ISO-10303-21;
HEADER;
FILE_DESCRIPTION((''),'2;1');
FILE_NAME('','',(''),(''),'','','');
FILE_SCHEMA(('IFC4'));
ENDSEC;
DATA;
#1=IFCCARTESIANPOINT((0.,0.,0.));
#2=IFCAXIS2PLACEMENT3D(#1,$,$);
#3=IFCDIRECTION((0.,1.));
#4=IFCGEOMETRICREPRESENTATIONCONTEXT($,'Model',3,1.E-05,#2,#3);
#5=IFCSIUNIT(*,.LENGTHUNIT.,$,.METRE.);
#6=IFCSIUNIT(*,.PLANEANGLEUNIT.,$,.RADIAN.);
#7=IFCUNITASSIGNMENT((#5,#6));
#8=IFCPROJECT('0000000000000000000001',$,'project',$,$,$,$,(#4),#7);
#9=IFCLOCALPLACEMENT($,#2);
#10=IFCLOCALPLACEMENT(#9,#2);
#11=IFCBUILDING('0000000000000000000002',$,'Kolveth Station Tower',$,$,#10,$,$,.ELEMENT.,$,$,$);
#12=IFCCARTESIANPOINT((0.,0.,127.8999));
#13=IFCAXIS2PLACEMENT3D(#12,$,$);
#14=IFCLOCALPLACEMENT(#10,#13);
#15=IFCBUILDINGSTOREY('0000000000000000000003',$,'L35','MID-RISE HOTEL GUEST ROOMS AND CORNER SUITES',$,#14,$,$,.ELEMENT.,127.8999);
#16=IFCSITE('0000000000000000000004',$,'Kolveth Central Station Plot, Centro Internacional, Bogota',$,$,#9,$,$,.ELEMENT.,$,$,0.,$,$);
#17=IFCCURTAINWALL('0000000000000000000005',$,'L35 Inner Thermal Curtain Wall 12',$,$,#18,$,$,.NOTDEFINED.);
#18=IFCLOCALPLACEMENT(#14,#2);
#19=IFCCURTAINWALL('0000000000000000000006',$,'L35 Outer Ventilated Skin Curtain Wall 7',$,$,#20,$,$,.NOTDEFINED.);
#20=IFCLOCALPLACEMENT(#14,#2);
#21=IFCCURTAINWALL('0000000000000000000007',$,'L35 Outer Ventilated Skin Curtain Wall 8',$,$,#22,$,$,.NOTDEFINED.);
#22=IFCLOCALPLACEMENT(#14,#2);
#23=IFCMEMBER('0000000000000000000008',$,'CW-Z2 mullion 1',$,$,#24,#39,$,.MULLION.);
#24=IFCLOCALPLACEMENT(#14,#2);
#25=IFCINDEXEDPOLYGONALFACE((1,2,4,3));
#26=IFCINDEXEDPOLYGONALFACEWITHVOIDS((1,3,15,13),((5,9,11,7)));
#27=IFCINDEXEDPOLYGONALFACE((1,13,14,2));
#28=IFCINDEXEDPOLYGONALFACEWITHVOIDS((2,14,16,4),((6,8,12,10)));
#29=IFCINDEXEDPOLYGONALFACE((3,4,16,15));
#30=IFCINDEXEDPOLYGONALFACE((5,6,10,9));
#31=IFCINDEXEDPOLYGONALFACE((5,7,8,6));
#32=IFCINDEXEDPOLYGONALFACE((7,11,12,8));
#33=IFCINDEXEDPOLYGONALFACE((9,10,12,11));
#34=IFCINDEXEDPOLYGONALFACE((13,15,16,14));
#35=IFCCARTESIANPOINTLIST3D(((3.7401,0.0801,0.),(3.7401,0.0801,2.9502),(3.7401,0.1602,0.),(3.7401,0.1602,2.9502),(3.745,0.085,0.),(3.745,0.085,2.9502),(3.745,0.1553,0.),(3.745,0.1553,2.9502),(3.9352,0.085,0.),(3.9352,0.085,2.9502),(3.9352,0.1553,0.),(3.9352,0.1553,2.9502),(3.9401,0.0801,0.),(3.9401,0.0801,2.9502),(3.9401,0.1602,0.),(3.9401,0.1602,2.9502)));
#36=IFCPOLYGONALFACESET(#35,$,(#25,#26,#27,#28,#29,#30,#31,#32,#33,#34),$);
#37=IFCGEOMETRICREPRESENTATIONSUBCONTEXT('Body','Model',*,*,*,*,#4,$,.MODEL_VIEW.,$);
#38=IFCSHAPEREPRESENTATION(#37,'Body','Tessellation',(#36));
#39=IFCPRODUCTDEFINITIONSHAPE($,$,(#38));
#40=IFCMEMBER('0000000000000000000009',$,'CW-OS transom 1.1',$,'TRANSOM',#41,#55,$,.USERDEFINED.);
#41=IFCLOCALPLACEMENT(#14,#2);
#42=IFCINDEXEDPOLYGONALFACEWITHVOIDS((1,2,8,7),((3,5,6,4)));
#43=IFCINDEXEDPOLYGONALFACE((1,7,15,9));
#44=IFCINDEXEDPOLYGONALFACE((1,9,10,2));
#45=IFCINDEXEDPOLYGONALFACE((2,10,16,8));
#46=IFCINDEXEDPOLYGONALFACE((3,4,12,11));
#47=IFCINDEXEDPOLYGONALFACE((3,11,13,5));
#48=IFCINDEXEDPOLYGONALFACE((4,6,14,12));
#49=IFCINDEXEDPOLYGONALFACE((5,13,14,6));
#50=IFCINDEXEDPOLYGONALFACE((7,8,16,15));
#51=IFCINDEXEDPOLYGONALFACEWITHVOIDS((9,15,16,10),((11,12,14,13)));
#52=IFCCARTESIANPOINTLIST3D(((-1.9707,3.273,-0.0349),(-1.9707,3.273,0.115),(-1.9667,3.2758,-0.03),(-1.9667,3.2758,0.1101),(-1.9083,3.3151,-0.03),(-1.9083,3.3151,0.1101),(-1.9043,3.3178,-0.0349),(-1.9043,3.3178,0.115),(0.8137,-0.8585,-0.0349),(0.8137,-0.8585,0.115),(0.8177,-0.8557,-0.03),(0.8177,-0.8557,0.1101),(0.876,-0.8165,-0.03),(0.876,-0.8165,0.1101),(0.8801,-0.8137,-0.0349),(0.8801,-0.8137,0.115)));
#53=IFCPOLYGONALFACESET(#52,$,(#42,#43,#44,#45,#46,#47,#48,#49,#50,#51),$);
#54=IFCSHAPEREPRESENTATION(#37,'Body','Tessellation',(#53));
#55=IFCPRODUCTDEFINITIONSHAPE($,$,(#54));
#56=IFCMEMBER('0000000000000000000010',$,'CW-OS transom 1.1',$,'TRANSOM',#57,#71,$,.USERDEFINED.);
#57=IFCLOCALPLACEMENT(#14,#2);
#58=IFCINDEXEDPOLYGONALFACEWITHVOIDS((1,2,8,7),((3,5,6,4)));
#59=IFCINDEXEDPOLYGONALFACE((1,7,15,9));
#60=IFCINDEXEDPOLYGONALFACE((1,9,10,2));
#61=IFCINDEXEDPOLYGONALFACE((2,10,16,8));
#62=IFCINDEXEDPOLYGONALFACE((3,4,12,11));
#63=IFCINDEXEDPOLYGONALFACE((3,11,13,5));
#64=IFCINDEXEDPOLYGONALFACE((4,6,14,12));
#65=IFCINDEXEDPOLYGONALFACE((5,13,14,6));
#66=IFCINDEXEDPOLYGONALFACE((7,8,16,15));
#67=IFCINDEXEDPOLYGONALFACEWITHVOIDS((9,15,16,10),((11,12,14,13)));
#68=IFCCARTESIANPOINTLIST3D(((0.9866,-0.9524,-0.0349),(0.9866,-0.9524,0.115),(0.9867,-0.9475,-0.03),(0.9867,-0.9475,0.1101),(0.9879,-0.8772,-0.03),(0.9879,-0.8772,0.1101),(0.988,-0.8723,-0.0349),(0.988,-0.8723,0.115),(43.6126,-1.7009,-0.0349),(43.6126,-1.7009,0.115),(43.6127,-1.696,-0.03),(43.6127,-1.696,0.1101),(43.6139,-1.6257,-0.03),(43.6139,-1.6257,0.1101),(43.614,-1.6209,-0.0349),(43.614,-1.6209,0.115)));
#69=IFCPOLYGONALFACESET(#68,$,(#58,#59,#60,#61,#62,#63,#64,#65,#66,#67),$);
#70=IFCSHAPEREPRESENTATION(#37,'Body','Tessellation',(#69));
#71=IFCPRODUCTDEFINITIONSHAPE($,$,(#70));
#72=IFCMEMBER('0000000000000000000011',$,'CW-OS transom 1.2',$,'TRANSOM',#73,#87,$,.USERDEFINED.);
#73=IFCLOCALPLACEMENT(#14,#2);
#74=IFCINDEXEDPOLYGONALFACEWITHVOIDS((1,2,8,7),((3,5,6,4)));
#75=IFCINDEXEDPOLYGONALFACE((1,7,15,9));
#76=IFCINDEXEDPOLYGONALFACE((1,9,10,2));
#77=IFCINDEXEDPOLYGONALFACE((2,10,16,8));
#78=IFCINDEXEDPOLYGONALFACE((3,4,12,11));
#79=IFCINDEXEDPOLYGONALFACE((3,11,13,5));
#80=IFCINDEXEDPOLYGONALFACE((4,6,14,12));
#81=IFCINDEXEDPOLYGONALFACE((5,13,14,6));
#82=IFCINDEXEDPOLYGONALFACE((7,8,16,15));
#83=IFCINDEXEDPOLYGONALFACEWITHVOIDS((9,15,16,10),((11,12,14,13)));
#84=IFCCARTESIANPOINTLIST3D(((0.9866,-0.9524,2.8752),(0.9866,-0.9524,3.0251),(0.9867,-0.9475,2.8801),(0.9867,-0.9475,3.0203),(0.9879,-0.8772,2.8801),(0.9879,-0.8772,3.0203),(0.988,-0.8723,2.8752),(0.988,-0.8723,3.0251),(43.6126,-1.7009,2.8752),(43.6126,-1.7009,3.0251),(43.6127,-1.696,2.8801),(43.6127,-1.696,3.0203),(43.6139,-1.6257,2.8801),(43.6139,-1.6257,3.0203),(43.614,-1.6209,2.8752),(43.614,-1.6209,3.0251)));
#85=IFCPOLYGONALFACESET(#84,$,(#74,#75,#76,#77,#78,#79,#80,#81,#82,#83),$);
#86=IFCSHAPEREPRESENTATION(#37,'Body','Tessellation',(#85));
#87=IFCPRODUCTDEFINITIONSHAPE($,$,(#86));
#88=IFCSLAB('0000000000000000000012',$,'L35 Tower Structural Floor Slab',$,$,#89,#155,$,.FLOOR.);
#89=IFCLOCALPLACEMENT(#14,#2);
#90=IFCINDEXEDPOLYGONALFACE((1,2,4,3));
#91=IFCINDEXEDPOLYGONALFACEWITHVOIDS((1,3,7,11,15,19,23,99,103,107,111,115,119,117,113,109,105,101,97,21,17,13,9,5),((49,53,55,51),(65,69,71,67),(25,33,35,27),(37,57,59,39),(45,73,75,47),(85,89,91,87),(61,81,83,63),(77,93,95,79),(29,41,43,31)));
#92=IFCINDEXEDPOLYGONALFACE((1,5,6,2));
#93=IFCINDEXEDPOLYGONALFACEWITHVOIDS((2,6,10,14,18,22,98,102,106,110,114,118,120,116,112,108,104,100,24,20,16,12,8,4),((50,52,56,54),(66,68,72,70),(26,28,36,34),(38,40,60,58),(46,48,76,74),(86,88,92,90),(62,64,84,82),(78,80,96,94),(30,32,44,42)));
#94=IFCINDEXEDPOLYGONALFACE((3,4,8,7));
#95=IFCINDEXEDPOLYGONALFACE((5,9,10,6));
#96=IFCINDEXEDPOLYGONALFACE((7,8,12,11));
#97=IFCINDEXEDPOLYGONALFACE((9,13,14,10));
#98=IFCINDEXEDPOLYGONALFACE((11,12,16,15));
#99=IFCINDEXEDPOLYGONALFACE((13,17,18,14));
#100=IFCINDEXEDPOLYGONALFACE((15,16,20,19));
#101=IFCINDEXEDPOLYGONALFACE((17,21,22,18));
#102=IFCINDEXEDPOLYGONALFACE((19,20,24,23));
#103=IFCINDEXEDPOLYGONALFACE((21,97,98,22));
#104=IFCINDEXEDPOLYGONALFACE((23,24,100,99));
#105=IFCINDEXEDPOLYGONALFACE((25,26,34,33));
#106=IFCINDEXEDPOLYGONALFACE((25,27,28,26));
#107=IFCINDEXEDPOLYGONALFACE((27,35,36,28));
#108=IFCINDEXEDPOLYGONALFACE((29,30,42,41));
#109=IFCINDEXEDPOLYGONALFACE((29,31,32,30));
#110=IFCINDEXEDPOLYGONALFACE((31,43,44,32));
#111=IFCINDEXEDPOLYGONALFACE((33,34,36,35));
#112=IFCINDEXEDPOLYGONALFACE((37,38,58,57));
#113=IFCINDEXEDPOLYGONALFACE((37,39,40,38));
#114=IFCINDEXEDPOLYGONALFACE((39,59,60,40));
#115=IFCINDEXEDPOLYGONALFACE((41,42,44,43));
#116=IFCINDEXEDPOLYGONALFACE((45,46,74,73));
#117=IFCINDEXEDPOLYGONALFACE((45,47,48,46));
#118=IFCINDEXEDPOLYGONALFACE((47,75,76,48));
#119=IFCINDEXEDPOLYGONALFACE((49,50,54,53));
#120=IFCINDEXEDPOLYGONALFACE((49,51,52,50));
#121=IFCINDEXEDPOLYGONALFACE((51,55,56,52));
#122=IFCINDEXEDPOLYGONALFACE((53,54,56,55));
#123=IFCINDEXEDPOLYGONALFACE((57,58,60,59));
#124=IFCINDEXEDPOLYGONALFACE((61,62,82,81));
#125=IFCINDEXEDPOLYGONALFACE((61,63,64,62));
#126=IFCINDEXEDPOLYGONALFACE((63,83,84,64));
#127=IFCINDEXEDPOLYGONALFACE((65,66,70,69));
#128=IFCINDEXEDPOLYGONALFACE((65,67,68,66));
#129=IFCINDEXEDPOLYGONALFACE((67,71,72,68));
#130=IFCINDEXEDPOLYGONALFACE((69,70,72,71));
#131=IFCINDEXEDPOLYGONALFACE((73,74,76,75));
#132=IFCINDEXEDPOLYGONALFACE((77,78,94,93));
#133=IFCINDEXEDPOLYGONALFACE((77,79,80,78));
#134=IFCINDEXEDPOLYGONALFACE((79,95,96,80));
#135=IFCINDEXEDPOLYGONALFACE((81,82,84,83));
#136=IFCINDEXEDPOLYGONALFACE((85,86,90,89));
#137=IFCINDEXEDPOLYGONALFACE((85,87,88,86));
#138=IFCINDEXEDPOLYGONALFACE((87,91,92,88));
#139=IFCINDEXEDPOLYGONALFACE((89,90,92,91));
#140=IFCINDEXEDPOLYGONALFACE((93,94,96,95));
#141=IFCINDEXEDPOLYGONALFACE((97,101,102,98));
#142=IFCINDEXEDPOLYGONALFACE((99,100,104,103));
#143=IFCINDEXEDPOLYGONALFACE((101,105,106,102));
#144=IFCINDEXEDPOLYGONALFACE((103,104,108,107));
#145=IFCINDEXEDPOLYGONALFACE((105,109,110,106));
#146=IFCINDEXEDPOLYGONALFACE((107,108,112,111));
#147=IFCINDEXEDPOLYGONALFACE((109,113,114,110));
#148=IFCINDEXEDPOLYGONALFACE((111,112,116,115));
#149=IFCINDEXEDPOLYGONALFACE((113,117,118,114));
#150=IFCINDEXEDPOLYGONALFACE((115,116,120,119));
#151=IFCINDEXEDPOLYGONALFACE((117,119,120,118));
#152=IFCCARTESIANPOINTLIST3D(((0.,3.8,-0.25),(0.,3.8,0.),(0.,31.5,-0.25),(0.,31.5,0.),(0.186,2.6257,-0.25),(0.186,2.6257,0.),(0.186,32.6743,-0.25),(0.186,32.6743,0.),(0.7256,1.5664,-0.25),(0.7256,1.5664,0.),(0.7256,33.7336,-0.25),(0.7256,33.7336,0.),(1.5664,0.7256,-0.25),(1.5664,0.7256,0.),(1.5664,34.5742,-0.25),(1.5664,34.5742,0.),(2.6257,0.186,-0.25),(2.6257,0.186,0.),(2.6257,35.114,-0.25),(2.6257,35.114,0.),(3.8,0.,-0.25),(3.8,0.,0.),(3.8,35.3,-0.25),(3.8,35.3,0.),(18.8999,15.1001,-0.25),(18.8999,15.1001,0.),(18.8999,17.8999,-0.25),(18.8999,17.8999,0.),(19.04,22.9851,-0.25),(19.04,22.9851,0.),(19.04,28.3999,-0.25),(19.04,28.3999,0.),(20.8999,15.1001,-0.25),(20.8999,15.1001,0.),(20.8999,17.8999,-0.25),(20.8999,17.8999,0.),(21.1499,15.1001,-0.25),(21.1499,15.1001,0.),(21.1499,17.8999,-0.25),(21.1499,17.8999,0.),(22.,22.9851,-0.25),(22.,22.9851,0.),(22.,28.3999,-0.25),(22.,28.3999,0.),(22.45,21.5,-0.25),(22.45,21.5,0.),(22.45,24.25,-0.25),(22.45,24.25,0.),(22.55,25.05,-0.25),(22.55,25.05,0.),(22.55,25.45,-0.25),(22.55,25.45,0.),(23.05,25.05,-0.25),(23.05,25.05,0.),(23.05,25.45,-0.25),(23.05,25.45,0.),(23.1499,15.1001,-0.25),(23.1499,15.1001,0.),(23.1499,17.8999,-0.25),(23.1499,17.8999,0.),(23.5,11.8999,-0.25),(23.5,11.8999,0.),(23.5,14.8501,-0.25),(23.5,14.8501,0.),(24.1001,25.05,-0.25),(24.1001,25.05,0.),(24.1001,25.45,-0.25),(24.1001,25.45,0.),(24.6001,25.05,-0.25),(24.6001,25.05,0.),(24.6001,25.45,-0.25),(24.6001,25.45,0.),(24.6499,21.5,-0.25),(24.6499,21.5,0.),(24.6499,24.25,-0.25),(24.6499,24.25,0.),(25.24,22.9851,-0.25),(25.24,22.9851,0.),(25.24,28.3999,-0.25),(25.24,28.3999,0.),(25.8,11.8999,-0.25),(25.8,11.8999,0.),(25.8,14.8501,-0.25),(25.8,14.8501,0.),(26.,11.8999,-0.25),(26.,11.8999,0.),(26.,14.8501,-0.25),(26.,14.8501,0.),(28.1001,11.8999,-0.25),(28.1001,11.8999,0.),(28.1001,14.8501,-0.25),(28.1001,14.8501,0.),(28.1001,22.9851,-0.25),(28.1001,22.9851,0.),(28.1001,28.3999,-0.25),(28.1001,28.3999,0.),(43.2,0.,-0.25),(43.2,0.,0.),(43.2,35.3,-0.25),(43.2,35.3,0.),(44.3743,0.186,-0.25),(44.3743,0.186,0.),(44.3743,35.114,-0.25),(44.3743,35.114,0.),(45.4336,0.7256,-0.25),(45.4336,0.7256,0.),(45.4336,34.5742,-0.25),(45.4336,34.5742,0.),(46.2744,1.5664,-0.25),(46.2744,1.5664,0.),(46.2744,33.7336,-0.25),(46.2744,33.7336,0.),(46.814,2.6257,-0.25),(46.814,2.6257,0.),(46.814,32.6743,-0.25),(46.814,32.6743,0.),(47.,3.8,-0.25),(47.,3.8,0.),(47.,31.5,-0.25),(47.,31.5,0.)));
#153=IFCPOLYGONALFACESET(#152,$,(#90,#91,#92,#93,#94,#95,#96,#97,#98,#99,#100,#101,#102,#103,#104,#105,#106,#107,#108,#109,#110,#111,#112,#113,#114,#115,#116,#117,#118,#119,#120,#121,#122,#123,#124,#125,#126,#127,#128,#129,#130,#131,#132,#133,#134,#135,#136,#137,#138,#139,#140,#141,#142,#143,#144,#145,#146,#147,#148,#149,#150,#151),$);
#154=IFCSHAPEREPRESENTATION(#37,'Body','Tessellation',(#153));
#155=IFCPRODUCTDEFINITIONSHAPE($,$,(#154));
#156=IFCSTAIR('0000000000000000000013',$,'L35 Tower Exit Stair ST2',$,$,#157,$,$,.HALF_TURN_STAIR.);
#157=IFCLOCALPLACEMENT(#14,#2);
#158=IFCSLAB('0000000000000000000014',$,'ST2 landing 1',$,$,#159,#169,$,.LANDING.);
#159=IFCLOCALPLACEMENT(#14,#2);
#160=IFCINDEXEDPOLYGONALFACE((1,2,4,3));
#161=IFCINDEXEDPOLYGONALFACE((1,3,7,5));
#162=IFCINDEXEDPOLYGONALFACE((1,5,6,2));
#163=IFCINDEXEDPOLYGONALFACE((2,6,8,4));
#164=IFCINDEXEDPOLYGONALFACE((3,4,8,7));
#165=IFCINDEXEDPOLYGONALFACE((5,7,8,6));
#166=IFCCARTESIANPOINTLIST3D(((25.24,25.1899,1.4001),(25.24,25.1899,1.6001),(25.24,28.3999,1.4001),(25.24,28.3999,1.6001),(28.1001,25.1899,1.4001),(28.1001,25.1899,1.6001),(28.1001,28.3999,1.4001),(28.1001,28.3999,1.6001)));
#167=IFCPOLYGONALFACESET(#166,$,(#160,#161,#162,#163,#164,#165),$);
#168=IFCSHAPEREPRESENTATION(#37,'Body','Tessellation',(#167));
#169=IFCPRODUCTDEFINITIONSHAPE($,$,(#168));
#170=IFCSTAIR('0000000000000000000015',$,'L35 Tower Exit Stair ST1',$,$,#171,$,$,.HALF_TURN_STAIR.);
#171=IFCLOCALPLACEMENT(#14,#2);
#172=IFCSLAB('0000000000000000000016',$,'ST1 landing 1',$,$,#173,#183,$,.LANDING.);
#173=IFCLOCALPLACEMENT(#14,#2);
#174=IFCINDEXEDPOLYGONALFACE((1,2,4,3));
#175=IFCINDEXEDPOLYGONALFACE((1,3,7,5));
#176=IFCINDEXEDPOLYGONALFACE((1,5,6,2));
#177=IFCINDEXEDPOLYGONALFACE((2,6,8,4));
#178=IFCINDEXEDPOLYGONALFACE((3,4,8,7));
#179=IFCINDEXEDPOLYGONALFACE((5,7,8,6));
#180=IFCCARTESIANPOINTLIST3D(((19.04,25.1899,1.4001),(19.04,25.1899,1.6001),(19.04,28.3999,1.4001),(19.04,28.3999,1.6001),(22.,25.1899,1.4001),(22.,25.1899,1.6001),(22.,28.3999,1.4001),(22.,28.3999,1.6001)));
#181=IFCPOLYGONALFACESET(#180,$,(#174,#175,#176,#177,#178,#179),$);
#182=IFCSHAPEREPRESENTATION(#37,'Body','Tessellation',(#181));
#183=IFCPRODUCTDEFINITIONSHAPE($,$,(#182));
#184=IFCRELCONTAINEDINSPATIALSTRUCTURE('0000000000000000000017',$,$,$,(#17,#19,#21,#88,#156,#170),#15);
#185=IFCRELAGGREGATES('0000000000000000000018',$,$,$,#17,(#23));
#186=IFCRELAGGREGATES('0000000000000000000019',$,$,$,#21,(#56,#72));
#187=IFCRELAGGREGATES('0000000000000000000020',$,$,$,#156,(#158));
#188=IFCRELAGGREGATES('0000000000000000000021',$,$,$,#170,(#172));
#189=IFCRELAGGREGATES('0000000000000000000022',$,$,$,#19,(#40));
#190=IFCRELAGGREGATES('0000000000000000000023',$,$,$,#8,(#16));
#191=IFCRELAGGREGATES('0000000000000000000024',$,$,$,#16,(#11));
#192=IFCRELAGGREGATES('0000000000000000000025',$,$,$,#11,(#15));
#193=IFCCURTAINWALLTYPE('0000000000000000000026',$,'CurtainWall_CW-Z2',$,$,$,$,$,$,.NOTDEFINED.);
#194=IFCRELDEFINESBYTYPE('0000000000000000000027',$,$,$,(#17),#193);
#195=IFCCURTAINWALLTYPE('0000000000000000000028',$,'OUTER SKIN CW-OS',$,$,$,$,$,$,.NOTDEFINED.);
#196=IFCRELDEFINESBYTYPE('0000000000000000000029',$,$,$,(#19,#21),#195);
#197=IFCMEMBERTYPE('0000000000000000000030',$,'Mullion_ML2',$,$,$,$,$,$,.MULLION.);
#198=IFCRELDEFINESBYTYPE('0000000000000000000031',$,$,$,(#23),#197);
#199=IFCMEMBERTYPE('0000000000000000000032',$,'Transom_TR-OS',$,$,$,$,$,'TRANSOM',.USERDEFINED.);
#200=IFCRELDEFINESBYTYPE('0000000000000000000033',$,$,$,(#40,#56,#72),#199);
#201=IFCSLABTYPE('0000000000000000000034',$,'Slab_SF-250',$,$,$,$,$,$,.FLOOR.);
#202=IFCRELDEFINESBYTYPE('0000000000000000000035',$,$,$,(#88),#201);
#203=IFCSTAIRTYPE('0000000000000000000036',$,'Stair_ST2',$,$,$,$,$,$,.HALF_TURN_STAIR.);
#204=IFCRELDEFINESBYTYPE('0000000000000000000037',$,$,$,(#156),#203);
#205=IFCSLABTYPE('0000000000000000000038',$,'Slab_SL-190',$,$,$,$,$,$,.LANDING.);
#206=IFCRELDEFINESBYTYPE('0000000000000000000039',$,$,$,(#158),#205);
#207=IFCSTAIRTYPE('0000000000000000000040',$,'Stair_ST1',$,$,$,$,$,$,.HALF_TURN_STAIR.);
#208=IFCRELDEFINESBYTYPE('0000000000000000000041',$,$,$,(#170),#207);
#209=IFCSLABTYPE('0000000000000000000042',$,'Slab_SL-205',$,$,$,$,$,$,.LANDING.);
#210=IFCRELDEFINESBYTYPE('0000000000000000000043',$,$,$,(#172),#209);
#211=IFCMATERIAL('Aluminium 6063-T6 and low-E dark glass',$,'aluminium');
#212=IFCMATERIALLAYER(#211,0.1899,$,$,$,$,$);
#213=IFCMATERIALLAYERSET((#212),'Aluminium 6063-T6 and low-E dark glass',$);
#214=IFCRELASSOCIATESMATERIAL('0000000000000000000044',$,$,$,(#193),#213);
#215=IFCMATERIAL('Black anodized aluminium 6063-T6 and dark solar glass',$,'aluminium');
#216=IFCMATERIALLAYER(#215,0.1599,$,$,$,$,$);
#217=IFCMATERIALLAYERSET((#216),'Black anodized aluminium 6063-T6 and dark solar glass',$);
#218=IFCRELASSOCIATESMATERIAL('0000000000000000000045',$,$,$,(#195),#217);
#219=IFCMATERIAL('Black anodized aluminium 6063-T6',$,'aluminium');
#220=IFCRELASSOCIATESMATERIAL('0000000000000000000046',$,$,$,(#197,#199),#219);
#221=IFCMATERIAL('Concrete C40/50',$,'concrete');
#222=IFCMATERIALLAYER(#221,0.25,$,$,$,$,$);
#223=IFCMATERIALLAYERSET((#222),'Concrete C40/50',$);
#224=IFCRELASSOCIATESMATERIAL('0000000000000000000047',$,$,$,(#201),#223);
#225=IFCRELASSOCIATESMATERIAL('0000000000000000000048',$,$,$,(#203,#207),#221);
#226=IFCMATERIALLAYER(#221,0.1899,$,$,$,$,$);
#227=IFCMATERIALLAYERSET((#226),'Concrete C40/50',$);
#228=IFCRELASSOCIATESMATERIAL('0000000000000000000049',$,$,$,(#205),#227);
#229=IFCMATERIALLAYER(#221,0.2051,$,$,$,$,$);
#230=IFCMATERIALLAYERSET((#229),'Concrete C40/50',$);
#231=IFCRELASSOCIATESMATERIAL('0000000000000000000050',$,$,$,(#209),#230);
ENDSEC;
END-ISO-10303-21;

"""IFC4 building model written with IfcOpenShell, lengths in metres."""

from ifc_helpers import new_model, si_unit, direction, frame, origin, origin_2d, place, context, subcontext, project, spatial, polyline, hollow_rectangle, outline, extrude, source, transform, mapped, material, layer, layer_set, material_profile, profile_set, type_object, element, aggregate, save


model = new_model("IFC4")

# Units and contexts
model_context = context("Model", 3, precision=1e-05, world=origin(), true_north=direction((0.0, 1.0)))
body_context = subcontext(model_context, "Body", "Model", "MODEL_VIEW")
ifc_project = project(units=[si_unit("LENGTHUNIT", "METRE"), si_unit("PLANEANGLEUNIT", "RADIAN")], contexts=[model_context])

# Site, building, storey
site_placement = place(None, origin())
site = spatial("IfcSite", under=ifc_project, at=site_placement, Name="Kolveth Central Station Plot, Centro Internacional, Bogota", CompositionType="ELEMENT", RefElevation=0.0)
building_placement = place(site_placement, origin())
building = spatial("IfcBuilding", under=site, at=building_placement, Name="Kolveth Station Tower", CompositionType="ELEMENT")
storey_placement = place(building_placement, frame((0.0, 0.0, 127.8999)))
storey = spatial("IfcBuildingStorey", under=building, at=storey_placement, Name="L35", Description="MID-RISE HOTEL GUEST ROOMS AND CORNER SUITES", CompositionType="ELEMENT", Elevation=127.8999)

# Curtain wall
ifc_material_1 = material(Name="Aluminium 6063-T6 and low-E dark glass", Category="aluminium")
ifc_layer_1 = layer(ifc_material_1, 0.1899)
ifc_layer_set_1 = layer_set([ifc_layer_1], Name="Aluminium 6063-T6 and low-E dark glass")
curtain_wall_type_1 = type_object("IfcCurtainWallType", Name="CurtainWall_CW-Z2", PredefinedType="NOTDEFINED", material=ifc_layer_set_1)
ifc_material_2 = material(Name="Black anodized aluminium 6063-T6", Category="aluminium")
curtain_wall_1_placement = place(storey_placement, origin())
curtain_wall_1 = element("IfcCurtainWall", 1, at=curtain_wall_1_placement, inside=storey, type_object=curtain_wall_type_1, Name="L35 Inner Thermal Curtain Wall 12", PredefinedType="NOTDEFINED")

# Curtain walls
ifc_material_3 = material(Name="Black anodized aluminium 6063-T6 and dark solar glass", Category="aluminium")
ifc_layer_2 = layer(ifc_material_3, 0.1599)
ifc_layer_set_2 = layer_set([ifc_layer_2], Name="Black anodized aluminium 6063-T6 and dark solar glass")
curtain_wall_type_2 = type_object("IfcCurtainWallType", Name="OUTER SKIN CW-OS", PredefinedType="NOTDEFINED", material=ifc_layer_set_2)
curtain_wall_2_placement = place(storey_placement, origin())
curtain_wall_2 = element("IfcCurtainWall", 2, at=curtain_wall_2_placement, inside=storey, type_object=curtain_wall_type_2, Name="L35 Outer Ventilated Skin Curtain Wall 7", PredefinedType="NOTDEFINED")
curtain_wall_3_placement = place(storey_placement, origin())
curtain_wall_3 = element("IfcCurtainWall", 3, at=curtain_wall_3_placement, inside=storey, type_object=curtain_wall_type_2, Name="L35 Outer Ventilated Skin Curtain Wall 8", PredefinedType="NOTDEFINED")
ifc_material_profile_1 = material_profile(ifc_material_2, hollow_rectangle(XDim=0.0801, YDim=0.2, WallThickness=0.0049, at=origin_2d()), Name="ALU-80x200x5")
ifc_profile_set_1 = profile_set([ifc_material_profile_1], Name="Black anodized aluminium 6063-T6")
member_type_1 = type_object("IfcMemberType", Name="Mullion_ML2", PredefinedType="MULLION", material=ifc_profile_set_1)
shared_shape_1 = source(origin(), body_context, "Body", "SweptSolid", [
    extrude(hollow_rectangle(XDim=0.0801, YDim=0.2, WallThickness=0.0049, at=origin_2d()), origin(), (0.0, 0.0, 1.0), 2.9502),
])

# Members
member_1_placement = place(storey_placement, frame((3.8401, 0.1201, 0.0), z_axis=(0.0, 0.0, 1.0), x_axis=(0.0, 1.0, 0.0)))
member_1 = element("IfcMember", 4, at=member_1_placement, type_object=member_type_1, Name="CW-Z2 mullion 1", PredefinedType="MULLION", context=body_context, shape_type="MappedRepresentation", body=[
    mapped(shared_shape_1, transform((0.0, 0.0, 0.0), x_axis=(1.0, 0.0, 0.0), y_axis=(0.0, 1.0, 0.0), z_axis=(0.0, 0.0, 1.0), scale=1.0)),
])
aggregate(curtain_wall_1, [member_1])
ifc_material_profile_2 = material_profile(ifc_material_2, hollow_rectangle(XDim=0.0801, YDim=0.1499, WallThickness=0.0049, at=origin_2d()), Name="ALU-80x150x5")
ifc_profile_set_2 = profile_set([ifc_material_profile_2], Name="Black anodized aluminium 6063-T6")
member_type_2 = type_object("IfcMemberType", Name="Transom_TR-OS", ElementType="TRANSOM", PredefinedType="USERDEFINED", material=ifc_profile_set_2)
shared_shape_2 = source(origin(), body_context, "Body", "SweptSolid", [
    extrude(hollow_rectangle(XDim=0.0801, YDim=0.1499, WallThickness=0.0049, at=origin_2d()), origin(), (0.0, 0.0, 1.0), 4.9822),
])
member_2_placement = place(storey_placement, frame((-1.9375, 3.2954, 0.04), z_axis=(0.558866, -0.829258, 0.0), x_axis=(0.829258, 0.558866, 0.0)))
member_2 = element("IfcMember", 5, at=member_2_placement, type_object=member_type_2, Name="CW-OS transom 1.1", ObjectType="TRANSOM", PredefinedType="USERDEFINED", context=body_context, shape_type="MappedRepresentation", body=[
    mapped(shared_shape_2, transform((0.0, 0.0, 0.0), x_axis=(1.0, 0.0, 0.0), y_axis=(0.0, 1.0, 0.0), z_axis=(0.0, 0.0, 1.0), scale=1.0)),
])
shared_shape_3 = source(origin(), body_context, "Body", "SweptSolid", [
    extrude(hollow_rectangle(XDim=0.0801, YDim=0.1499, WallThickness=0.0049, at=origin_2d()), origin(), (0.0, 0.0, 1.0), 42.6326),
])
member_3_placement = place(storey_placement, frame((0.9873, -0.9124, 0.04), z_axis=(0.999846, -0.017558, 0.0), x_axis=(0.017558, 0.999846, 0.0)))
member_3 = element("IfcMember", 6, at=member_3_placement, type_object=member_type_2, Name="CW-OS transom 1.1", ObjectType="TRANSOM", PredefinedType="USERDEFINED", context=body_context, shape_type="MappedRepresentation", body=[
    mapped(shared_shape_3, transform((0.0, 0.0, 0.0), x_axis=(1.0, 0.0, 0.0), y_axis=(0.0, 1.0, 0.0), z_axis=(0.0, 0.0, 1.0), scale=1.0)),
])
member_4_placement = place(storey_placement, frame((0.9873, -0.9124, 2.9502), z_axis=(0.999846, -0.017558, 0.0), x_axis=(0.017558, 0.999846, 0.0)))
member_4 = element("IfcMember", 7, at=member_4_placement, type_object=member_type_2, Name="CW-OS transom 1.2", ObjectType="TRANSOM", PredefinedType="USERDEFINED", context=body_context, shape_type="MappedRepresentation", body=[
    mapped(shared_shape_3, transform((0.0, 0.0, 0.0), x_axis=(1.0, 0.0, 0.0), y_axis=(0.0, 1.0, 0.0), z_axis=(0.0, 0.0, 1.0), scale=1.0)),
])
aggregate(curtain_wall_3, [member_3, member_4])

# Slab
ifc_material_4 = material(Name="Concrete C40/50", Category="concrete")
ifc_layer_3 = layer(ifc_material_4, 0.25)
ifc_layer_set_3 = layer_set([ifc_layer_3], Name="Concrete C40/50")
slab_type_1 = type_object("IfcSlabType", Name="Slab_SF-250", PredefinedType="FLOOR", material=ifc_layer_set_3)
slab_1_placement = place(storey_placement, frame((0.0, 0.0, -0.25)))
element("IfcSlab", 8, at=slab_1_placement, inside=storey, type_object=slab_type_1, Name="L35 Tower Structural Floor Slab", PredefinedType="FLOOR", context=body_context, shape_type="SweptSolid", body=[
    extrude(outline(polyline([(43.2, 0.0), (44.3743, 0.186), (45.4336, 0.7256), (46.2744, 1.5664), (46.814, 2.6257), (47.0, 3.8), (47.0, 31.5), (46.814, 32.6743), (46.2744, 33.7336), (45.4336, 34.5742), (44.3743, 35.114), (43.2, 35.3), (3.8, 35.3), (2.6257, 35.114), (1.5664, 34.5742), (0.7256, 33.7336), (0.186, 32.6743), (0.0, 31.5), (0.0, 3.8), (0.186, 2.6257), (0.7256, 1.5664), (1.5664, 0.7256), (2.6257, 0.186), (3.8, 0.0), (43.2, 0.0)]), holes=[polyline([(19.04, 22.9851), (22.0, 22.9851), (22.0, 28.3999), (19.04, 28.3999), (19.04, 22.9851)]), polyline([(25.24, 22.9851), (28.1001, 22.9851), (28.1001, 28.3999), (25.24, 28.3999), (25.24, 22.9851)]), polyline([(18.8999, 15.1001), (20.8999, 15.1001), (20.8999, 17.8999), (18.8999, 17.8999), (18.8999, 15.1001)]), polyline([(21.1499, 15.1001), (23.1499, 15.1001), (23.1499, 17.8999), (21.1499, 17.8999), (21.1499, 15.1001)]), polyline([(22.45, 21.5), (24.6499, 21.5), (24.6499, 24.25), (22.45, 24.25), (22.45, 21.5)]), polyline([(23.5, 11.8999), (25.8, 11.8999), (25.8, 14.8501), (23.5, 14.8501), (23.5, 11.8999)]), polyline([(26.0, 11.8999), (28.1001, 11.8999), (28.1001, 14.8501), (26.0, 14.8501), (26.0, 11.8999)]), polyline([(22.55, 25.05), (23.05, 25.05), (23.05, 25.45), (22.55, 25.45), (22.55, 25.05)]), polyline([(24.1001, 25.05), (24.6001, 25.05), (24.6001, 25.45), (24.1001, 25.45), (24.1001, 25.05)])]), origin(), (0.0, 0.0, 1.0), 0.25),
])

# Stairs, slabs
stair_type_1 = type_object("IfcStairType", Name="Stair_ST2", PredefinedType="HALF_TURN_STAIR", material=ifc_material_4)
stair_1_placement = place(storey_placement, origin())
stair_1 = element("IfcStair", 9, at=stair_1_placement, inside=storey, type_object=stair_type_1, Name="L35 Tower Exit Stair ST2", PredefinedType="HALF_TURN_STAIR")
ifc_layer_4 = layer(ifc_material_4, 0.1899)
ifc_layer_set_4 = layer_set([ifc_layer_4], Name="Concrete C40/50")
slab_type_2 = type_object("IfcSlabType", Name="Slab_SL-190", PredefinedType="LANDING", material=ifc_layer_set_4)
slab_2_placement = place(storey_placement, frame((0.0, 0.0, 1.4001)))
slab_2 = element("IfcSlab", 10, at=slab_2_placement, type_object=slab_type_2, Name="ST2 landing 1", PredefinedType="LANDING", context=body_context, shape_type="SweptSolid", body=[
    extrude(outline(polyline([(28.1001, 25.1899), (28.1001, 28.3999), (25.24, 28.3999), (25.24, 25.1899), (28.1001, 25.1899)])), origin(), (0.0, 0.0, 1.0), 0.2),
])
aggregate(stair_1, [slab_2])
stair_type_2 = type_object("IfcStairType", Name="Stair_ST1", PredefinedType="HALF_TURN_STAIR", material=ifc_material_4)
stair_2_placement = place(storey_placement, origin())
stair_2 = element("IfcStair", 11, at=stair_2_placement, inside=storey, type_object=stair_type_2, Name="L35 Tower Exit Stair ST1", PredefinedType="HALF_TURN_STAIR")
ifc_layer_5 = layer(ifc_material_4, 0.2051)
ifc_layer_set_5 = layer_set([ifc_layer_5], Name="Concrete C40/50")
slab_type_3 = type_object("IfcSlabType", Name="Slab_SL-205", PredefinedType="LANDING", material=ifc_layer_set_5)
slab_3_placement = place(storey_placement, frame((0.0, 0.0, 1.4001)))
slab_3 = element("IfcSlab", 12, at=slab_3_placement, type_object=slab_type_3, Name="ST1 landing 1", PredefinedType="LANDING", context=body_context, shape_type="SweptSolid", body=[
    extrude(outline(polyline([(22.0, 25.1899), (22.0, 28.3999), (19.04, 28.3999), (19.04, 25.1899), (22.0, 25.1899)])), origin(), (0.0, 0.0, 1.0), 0.2),
])
aggregate(stair_2, [slab_3])

aggregate(curtain_wall_2, [member_2])

save(model, "model.ifc")
